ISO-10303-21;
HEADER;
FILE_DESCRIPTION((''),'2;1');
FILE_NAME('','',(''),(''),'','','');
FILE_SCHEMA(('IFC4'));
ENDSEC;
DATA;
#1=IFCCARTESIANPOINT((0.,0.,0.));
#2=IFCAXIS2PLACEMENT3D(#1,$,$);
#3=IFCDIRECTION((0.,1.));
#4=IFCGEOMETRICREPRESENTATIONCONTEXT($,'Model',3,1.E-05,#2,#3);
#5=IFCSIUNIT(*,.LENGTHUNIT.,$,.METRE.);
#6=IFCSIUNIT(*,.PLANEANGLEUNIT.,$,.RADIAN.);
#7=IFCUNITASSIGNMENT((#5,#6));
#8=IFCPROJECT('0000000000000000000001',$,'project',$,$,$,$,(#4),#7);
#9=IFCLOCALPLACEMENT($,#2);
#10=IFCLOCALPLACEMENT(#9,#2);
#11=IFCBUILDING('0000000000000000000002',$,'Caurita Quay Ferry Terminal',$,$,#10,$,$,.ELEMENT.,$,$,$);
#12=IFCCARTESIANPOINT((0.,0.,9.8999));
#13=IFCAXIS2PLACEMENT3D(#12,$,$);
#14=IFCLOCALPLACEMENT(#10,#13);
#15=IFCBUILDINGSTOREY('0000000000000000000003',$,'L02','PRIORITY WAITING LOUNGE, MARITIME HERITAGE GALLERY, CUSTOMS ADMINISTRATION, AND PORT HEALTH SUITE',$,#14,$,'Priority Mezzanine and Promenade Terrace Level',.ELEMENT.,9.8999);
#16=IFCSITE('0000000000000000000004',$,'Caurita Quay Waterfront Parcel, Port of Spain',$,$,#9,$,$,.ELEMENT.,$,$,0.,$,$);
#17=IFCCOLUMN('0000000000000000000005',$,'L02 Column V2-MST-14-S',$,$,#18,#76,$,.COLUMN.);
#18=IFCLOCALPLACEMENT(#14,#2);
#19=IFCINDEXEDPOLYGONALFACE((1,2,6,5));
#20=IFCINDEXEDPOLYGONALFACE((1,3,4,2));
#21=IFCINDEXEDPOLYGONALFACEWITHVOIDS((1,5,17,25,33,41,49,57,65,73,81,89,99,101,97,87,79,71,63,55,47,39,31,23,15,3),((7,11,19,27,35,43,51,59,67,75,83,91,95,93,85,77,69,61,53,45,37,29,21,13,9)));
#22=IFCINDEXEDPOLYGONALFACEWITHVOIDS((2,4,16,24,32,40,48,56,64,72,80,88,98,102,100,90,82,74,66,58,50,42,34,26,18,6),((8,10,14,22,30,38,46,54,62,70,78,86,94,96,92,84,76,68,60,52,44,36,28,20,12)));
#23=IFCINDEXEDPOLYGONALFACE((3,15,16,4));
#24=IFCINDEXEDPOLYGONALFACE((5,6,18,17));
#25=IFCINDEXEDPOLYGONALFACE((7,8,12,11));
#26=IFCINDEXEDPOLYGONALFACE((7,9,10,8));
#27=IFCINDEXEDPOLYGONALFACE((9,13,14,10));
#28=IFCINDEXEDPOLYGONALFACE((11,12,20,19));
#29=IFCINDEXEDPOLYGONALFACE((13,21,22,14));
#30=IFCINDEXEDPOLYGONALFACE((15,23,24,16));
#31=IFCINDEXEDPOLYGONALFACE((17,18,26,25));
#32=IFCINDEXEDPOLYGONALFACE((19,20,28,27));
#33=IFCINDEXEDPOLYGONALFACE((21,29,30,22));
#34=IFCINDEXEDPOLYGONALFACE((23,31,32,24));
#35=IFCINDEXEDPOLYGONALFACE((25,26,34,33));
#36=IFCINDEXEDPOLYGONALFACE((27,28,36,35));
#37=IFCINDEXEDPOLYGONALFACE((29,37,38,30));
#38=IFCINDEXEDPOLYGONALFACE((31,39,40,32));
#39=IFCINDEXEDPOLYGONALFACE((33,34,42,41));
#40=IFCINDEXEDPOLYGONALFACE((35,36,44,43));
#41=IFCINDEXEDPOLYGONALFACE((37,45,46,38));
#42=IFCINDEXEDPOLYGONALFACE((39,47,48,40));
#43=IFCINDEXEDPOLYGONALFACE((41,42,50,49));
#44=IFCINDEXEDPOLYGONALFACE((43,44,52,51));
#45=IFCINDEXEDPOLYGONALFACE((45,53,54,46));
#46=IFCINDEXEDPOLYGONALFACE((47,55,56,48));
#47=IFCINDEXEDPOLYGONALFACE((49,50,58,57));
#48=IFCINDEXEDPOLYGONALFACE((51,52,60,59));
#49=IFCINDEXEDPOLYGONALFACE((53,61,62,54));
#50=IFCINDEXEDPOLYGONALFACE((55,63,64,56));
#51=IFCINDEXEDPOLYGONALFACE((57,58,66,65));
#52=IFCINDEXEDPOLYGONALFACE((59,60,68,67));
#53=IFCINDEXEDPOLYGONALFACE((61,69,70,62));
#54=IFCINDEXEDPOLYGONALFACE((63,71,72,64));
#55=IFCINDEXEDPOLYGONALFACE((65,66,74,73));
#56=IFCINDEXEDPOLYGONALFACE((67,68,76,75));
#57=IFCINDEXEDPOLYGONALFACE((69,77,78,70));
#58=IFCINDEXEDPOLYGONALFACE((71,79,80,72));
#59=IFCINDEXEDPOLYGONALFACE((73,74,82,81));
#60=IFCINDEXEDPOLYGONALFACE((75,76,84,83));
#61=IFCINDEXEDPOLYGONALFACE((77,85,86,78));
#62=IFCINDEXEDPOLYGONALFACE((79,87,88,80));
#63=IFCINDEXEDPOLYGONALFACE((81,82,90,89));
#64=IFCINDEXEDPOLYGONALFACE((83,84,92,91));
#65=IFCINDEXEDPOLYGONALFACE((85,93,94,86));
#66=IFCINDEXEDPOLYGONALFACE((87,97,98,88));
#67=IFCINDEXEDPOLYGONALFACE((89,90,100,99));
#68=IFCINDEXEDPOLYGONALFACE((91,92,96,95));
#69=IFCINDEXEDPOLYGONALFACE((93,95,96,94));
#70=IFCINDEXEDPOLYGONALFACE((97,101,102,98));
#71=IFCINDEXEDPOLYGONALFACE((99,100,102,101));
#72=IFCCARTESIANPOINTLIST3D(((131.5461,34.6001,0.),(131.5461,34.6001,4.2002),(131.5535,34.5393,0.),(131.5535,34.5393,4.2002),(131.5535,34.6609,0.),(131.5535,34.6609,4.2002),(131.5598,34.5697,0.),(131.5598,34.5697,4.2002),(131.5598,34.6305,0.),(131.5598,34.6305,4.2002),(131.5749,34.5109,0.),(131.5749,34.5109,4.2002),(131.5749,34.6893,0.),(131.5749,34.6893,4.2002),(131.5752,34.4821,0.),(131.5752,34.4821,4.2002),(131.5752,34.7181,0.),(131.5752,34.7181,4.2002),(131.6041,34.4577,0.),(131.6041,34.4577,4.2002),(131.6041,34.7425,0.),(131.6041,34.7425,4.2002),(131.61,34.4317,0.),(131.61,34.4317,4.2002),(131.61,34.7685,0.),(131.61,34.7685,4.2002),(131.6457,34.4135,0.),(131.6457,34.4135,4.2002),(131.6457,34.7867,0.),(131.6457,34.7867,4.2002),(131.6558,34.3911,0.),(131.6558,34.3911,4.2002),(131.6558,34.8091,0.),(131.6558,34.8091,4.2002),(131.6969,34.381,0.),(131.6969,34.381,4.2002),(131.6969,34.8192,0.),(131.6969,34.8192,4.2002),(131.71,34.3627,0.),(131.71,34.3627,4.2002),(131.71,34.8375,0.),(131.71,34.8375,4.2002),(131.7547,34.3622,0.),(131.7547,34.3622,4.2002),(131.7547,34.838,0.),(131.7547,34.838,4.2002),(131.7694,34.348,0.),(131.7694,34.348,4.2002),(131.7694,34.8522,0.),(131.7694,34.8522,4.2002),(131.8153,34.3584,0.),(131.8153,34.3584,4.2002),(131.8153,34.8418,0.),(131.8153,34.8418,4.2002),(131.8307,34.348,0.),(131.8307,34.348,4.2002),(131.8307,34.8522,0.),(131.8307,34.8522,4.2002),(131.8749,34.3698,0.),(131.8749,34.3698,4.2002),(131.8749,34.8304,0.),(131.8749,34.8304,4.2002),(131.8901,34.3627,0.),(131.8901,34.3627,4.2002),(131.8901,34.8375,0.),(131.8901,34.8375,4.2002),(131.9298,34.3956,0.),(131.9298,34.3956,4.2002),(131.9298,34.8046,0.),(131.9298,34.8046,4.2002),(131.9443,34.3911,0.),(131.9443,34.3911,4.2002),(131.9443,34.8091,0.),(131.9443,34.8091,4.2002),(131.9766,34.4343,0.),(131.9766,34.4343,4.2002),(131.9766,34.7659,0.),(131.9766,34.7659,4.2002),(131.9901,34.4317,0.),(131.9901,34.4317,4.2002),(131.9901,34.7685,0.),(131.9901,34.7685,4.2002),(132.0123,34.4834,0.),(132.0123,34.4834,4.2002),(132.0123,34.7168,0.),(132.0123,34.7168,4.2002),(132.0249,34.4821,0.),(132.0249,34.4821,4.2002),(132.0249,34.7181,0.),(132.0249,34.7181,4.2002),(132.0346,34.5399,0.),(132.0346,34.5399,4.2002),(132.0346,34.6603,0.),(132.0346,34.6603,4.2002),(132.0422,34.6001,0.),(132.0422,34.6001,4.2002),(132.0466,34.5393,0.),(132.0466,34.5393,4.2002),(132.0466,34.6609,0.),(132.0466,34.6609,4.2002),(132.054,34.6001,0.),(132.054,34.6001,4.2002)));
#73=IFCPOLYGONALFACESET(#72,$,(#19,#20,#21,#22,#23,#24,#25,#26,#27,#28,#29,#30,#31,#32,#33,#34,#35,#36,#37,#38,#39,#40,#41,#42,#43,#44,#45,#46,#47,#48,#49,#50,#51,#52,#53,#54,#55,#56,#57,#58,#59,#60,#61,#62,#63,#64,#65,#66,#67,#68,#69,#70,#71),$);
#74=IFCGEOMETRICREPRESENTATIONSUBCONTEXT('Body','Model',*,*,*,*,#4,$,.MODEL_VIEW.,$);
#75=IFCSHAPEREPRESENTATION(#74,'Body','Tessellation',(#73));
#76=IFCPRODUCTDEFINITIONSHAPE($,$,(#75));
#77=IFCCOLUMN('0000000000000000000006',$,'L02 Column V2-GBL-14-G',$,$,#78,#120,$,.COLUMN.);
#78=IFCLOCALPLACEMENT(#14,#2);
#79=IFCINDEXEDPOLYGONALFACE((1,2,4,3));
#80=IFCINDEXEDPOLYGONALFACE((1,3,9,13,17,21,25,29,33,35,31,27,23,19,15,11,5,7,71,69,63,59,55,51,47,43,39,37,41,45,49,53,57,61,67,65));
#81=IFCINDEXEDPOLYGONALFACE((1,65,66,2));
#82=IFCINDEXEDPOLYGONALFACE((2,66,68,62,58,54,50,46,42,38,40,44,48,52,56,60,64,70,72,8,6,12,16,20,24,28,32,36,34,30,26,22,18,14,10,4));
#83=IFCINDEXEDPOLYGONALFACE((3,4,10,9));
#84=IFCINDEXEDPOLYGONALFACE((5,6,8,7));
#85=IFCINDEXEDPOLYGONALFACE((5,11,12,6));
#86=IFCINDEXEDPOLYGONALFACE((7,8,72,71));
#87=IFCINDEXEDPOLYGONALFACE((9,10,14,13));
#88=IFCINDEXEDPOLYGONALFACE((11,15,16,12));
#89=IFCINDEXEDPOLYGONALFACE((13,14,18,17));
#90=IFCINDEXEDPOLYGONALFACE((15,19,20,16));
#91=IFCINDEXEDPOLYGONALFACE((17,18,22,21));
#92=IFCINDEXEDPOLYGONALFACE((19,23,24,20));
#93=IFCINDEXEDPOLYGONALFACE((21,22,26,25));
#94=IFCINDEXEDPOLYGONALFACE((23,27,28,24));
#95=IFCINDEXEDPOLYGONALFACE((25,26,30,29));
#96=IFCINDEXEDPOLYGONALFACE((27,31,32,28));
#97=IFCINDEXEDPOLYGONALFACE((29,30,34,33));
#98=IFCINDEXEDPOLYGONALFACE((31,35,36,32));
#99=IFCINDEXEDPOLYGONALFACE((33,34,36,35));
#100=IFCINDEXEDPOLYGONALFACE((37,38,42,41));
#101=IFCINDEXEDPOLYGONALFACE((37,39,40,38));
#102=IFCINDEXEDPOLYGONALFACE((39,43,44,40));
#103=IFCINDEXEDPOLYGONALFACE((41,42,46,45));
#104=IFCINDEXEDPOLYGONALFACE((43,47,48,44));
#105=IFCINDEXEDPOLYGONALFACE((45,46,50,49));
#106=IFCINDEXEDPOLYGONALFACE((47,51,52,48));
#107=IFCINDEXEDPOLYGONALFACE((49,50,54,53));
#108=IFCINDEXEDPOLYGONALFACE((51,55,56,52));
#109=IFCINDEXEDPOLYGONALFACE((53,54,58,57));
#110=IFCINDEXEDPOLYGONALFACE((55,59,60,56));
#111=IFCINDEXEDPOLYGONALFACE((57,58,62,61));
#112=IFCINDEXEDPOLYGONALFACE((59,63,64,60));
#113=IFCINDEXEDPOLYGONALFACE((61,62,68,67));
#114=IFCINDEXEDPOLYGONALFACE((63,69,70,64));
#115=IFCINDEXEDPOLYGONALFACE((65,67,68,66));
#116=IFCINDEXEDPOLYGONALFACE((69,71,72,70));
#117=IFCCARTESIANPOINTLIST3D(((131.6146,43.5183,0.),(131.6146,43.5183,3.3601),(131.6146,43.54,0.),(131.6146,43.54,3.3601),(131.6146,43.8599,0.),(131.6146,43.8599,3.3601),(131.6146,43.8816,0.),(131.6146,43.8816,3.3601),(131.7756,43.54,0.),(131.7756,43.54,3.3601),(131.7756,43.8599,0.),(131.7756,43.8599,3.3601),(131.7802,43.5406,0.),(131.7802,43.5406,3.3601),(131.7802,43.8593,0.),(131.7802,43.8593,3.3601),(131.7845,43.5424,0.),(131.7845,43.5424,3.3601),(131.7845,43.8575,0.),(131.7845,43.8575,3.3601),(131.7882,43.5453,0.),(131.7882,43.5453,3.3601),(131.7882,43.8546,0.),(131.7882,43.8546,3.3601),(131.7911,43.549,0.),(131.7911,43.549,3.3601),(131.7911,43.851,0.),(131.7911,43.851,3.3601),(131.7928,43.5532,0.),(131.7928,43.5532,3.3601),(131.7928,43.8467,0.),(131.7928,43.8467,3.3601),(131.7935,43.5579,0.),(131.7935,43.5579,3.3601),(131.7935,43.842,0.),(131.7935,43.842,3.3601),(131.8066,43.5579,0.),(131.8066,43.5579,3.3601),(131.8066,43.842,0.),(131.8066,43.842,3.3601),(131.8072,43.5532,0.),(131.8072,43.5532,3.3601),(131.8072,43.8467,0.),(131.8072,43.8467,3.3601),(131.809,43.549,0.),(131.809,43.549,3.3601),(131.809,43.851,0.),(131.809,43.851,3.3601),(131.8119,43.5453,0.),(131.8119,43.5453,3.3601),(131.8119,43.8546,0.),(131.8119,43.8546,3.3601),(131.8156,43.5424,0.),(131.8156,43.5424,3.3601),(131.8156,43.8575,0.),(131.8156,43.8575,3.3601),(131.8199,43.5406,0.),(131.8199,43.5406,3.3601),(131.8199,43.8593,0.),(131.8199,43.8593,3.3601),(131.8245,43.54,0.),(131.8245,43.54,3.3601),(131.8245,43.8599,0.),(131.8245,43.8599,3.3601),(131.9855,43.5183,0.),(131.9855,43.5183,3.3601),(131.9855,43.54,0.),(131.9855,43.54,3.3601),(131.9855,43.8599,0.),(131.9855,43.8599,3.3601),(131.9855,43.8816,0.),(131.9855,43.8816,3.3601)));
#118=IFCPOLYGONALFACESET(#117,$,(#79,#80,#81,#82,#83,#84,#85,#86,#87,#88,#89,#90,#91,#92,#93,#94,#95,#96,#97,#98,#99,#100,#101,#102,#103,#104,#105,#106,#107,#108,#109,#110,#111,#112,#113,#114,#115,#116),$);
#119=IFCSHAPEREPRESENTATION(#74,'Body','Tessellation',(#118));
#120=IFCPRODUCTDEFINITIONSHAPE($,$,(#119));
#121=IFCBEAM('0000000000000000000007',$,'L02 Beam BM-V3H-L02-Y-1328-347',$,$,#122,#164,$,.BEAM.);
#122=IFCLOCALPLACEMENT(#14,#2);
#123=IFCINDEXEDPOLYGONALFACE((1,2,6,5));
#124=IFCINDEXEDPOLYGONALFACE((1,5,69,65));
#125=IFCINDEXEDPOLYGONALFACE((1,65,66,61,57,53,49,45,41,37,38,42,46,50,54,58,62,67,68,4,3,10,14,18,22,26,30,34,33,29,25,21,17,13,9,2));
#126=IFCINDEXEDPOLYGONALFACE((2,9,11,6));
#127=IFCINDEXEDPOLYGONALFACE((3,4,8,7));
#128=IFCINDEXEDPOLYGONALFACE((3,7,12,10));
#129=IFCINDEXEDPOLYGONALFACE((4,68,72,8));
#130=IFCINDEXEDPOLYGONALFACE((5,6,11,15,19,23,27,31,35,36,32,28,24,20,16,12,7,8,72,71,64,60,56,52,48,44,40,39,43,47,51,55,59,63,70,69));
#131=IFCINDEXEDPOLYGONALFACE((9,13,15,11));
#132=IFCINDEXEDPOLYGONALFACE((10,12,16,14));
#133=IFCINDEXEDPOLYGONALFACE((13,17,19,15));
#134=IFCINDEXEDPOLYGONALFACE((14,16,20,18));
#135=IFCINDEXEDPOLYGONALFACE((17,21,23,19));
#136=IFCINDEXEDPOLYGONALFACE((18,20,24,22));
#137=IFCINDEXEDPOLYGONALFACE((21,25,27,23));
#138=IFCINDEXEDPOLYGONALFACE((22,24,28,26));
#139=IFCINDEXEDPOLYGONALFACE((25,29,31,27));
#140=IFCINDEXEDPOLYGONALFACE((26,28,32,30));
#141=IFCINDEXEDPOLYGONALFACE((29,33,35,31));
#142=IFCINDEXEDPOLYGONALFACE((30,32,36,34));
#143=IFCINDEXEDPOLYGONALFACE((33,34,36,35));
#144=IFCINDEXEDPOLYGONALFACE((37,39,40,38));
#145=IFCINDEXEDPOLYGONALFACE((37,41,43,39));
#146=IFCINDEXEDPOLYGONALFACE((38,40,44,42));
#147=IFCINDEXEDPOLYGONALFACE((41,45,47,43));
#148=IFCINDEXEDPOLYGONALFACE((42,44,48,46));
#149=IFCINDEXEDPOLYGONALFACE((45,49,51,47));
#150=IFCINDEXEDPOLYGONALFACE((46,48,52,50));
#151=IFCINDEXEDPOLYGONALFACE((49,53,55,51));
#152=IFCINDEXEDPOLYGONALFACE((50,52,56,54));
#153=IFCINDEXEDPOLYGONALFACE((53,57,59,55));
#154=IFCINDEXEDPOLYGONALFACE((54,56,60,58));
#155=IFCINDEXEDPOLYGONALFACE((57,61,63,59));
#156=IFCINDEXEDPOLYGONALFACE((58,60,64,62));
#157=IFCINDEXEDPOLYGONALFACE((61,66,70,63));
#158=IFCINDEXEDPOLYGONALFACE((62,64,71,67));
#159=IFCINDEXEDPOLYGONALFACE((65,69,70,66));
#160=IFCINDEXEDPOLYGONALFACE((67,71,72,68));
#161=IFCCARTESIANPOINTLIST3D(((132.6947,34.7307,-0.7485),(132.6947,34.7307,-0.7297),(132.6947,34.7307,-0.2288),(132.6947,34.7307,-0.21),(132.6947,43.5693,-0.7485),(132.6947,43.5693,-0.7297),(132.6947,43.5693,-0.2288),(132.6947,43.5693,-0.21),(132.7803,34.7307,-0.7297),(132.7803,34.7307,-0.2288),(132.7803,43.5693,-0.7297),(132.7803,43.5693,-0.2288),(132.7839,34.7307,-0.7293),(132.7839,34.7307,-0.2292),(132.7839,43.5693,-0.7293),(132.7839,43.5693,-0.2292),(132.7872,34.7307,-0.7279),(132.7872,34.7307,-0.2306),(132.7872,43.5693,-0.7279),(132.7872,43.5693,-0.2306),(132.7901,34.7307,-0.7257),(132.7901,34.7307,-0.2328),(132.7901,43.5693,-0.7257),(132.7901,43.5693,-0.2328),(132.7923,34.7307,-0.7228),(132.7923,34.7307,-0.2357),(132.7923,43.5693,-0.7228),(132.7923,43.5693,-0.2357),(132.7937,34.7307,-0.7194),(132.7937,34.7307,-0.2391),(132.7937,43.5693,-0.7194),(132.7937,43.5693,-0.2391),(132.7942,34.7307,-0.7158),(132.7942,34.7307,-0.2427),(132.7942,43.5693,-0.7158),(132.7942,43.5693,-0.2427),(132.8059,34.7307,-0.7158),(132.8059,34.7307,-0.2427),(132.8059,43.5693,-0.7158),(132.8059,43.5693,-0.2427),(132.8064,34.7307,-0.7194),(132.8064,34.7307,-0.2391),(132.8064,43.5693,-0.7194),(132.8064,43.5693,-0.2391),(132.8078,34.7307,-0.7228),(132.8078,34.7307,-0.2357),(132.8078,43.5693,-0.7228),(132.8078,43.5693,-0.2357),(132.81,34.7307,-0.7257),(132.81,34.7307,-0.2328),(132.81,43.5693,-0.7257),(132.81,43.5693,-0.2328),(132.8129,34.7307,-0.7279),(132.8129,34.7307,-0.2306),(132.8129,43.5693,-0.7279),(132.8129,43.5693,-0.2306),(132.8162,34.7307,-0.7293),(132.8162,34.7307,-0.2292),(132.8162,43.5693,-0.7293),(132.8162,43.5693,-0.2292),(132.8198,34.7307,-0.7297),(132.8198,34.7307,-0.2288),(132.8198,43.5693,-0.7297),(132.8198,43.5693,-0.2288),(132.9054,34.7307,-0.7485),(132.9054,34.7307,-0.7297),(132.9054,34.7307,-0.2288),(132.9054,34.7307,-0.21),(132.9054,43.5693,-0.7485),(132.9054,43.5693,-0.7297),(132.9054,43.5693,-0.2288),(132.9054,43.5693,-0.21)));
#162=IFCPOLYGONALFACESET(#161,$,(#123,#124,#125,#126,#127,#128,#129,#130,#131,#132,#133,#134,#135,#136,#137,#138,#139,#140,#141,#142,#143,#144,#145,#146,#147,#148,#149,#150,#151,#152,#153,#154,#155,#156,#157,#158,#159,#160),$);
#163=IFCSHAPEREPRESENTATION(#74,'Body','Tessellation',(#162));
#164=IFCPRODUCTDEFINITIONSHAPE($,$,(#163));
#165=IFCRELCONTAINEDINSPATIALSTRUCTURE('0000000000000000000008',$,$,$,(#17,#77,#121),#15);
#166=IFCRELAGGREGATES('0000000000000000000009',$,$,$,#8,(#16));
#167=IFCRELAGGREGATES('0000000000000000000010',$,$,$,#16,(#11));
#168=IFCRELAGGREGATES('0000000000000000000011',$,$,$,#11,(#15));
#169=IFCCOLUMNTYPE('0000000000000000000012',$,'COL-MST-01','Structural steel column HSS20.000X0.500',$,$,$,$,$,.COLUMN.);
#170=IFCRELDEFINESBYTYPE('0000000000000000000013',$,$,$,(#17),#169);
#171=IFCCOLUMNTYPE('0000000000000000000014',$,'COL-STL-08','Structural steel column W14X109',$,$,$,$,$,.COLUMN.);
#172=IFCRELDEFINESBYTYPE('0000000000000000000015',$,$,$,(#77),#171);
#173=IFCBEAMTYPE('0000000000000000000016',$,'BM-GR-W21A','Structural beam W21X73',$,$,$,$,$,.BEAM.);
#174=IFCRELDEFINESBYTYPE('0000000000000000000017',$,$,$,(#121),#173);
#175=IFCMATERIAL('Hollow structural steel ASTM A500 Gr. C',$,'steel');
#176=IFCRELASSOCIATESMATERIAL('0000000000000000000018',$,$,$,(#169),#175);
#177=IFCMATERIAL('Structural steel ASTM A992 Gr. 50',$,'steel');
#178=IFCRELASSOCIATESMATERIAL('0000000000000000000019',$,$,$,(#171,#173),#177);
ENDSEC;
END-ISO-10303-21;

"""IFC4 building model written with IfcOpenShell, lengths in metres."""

from ifc_helpers import new_model, si_unit, direction, frame, origin, origin_2d, place, context, subcontext, project, spatial, hollow_circle, i_section, extrude, material, material_profile, profile_set, type_object, element, save


model = new_model("IFC4")

# Units and contexts
model_context = context("Model", 3, precision=1e-05, world=origin(), true_north=direction((0.0, 1.0)))
body_context = subcontext(model_context, "Body", "Model", "MODEL_VIEW")
ifc_project = project(units=[si_unit("LENGTHUNIT", "METRE"), si_unit("PLANEANGLEUNIT", "RADIAN")], contexts=[model_context])

# Site, building, storey
site_placement = place(None, origin())
site = spatial("IfcSite", under=ifc_project, at=site_placement, Name="Caurita Quay Waterfront Parcel, Port of Spain", CompositionType="ELEMENT", RefElevation=0.0)
building_placement = place(site_placement, origin())
building = spatial("IfcBuilding", under=site, at=building_placement, Name="Caurita Quay Ferry Terminal", CompositionType="ELEMENT")
storey_placement = place(building_placement, frame((0.0, 0.0, 9.8999)))
storey = spatial("IfcBuildingStorey", under=building, at=storey_placement, Name="L02", Description="PRIORITY WAITING LOUNGE, MARITIME HERITAGE GALLERY, CUSTOMS ADMINISTRATION, AND PORT HEALTH SUITE", LongName="Priority Mezzanine and Promenade Terrace Level", CompositionType="ELEMENT", Elevation=9.8999)

# Columns
ifc_material_1 = material(Name="Hollow structural steel ASTM A500 Gr. C", Category="steel")
ifc_material_profile_1 = material_profile(ifc_material_1, hollow_circle(Radius=0.2539, WallThickness=0.0117, at=origin_2d()), Name="HSS20.000X0.500")
ifc_profile_set_1 = profile_set([ifc_material_profile_1], Name="Hollow structural steel ASTM A500 Gr. C")
column_type_1 = type_object("IfcColumnType", Name="COL-MST-01", Description="Structural steel column HSS20.000X0.500", PredefinedType="COLUMN", material=ifc_profile_set_1)
column_1_placement = place(storey_placement, frame((131.8, 34.6001, 0.0), z_axis=(0.0, 0.0, 1.0), x_axis=(1.0, 0.0, 0.0)))
element("IfcColumn", 1, at=column_1_placement, inside=storey, type_object=column_type_1, Name="L02 Column V2-MST-14-S", PredefinedType="COLUMN", context=body_context, shape_type="SweptSolid", body=[
    extrude(hollow_circle(Radius=0.2539, WallThickness=0.0117, at=origin_2d()), origin(), (0.0, 0.0, 1.0), 4.2002),
])
ifc_material_2 = material(Name="Structural steel ASTM A992 Gr. 50", Category="steel")
ifc_material_profile_2 = material_profile(ifc_material_2, i_section(OverallWidth=0.3708, OverallDepth=0.3633, WebThickness=0.0132, FlangeThickness=0.0217, FilletRadius=0.0178, at=origin_2d()), Name="W14X109")
ifc_profile_set_2 = profile_set([ifc_material_profile_2], Name="Structural steel ASTM A992 Gr. 50")
column_type_2 = type_object("IfcColumnType", Name="COL-STL-08", Description="Structural steel column W14X109", PredefinedType="COLUMN", material=ifc_profile_set_2)
column_2_placement = place(storey_placement, frame((131.8, 43.7, 0.0), z_axis=(0.0, 0.0, 1.0), x_axis=(1.0, 0.0, 0.0)))
element("IfcColumn", 2, at=column_2_placement, inside=storey, type_object=column_type_2, Name="L02 Column V2-GBL-14-G", PredefinedType="COLUMN", context=body_context, shape_type="SweptSolid", body=[
    extrude(i_section(OverallWidth=0.3708, OverallDepth=0.3633, WebThickness=0.0132, FlangeThickness=0.0217, FilletRadius=0.0178, at=origin_2d()), origin(), (0.0, 0.0, 1.0), 3.3601),
])

# Beam
ifc_material_profile_3 = material_profile(ifc_material_2, i_section(OverallWidth=0.2107, OverallDepth=0.5386, WebThickness=0.0117, FlangeThickness=0.0188, FilletRadius=0.0139, at=origin_2d()), Name="W21X73")
ifc_profile_set_3 = profile_set([ifc_material_profile_3], Name="Structural steel ASTM A992 Gr. 50")
beam_type_1 = type_object("IfcBeamType", Name="BM-GR-W21A", Description="Structural beam W21X73", PredefinedType="BEAM", material=ifc_profile_set_3)
beam_1_placement = place(storey_placement, frame((132.8, 34.7307, -0.4792), z_axis=(0.0, 1.0, 0.0), x_axis=(-1.0, 0.0, 0.0)))
element("IfcBeam", 3, at=beam_1_placement, inside=storey, type_object=beam_type_1, Name="L02 Beam BM-V3H-L02-Y-1328-347", PredefinedType="BEAM", context=body_context, shape_type="SweptSolid", body=[
    extrude(i_section(OverallWidth=0.2107, OverallDepth=0.5386, WebThickness=0.0117, FlangeThickness=0.0188, FilletRadius=0.0139, at=origin_2d()), origin(), (0.0, 0.0, 1.0), 8.8386),
])

save(model, "model.ifc")
